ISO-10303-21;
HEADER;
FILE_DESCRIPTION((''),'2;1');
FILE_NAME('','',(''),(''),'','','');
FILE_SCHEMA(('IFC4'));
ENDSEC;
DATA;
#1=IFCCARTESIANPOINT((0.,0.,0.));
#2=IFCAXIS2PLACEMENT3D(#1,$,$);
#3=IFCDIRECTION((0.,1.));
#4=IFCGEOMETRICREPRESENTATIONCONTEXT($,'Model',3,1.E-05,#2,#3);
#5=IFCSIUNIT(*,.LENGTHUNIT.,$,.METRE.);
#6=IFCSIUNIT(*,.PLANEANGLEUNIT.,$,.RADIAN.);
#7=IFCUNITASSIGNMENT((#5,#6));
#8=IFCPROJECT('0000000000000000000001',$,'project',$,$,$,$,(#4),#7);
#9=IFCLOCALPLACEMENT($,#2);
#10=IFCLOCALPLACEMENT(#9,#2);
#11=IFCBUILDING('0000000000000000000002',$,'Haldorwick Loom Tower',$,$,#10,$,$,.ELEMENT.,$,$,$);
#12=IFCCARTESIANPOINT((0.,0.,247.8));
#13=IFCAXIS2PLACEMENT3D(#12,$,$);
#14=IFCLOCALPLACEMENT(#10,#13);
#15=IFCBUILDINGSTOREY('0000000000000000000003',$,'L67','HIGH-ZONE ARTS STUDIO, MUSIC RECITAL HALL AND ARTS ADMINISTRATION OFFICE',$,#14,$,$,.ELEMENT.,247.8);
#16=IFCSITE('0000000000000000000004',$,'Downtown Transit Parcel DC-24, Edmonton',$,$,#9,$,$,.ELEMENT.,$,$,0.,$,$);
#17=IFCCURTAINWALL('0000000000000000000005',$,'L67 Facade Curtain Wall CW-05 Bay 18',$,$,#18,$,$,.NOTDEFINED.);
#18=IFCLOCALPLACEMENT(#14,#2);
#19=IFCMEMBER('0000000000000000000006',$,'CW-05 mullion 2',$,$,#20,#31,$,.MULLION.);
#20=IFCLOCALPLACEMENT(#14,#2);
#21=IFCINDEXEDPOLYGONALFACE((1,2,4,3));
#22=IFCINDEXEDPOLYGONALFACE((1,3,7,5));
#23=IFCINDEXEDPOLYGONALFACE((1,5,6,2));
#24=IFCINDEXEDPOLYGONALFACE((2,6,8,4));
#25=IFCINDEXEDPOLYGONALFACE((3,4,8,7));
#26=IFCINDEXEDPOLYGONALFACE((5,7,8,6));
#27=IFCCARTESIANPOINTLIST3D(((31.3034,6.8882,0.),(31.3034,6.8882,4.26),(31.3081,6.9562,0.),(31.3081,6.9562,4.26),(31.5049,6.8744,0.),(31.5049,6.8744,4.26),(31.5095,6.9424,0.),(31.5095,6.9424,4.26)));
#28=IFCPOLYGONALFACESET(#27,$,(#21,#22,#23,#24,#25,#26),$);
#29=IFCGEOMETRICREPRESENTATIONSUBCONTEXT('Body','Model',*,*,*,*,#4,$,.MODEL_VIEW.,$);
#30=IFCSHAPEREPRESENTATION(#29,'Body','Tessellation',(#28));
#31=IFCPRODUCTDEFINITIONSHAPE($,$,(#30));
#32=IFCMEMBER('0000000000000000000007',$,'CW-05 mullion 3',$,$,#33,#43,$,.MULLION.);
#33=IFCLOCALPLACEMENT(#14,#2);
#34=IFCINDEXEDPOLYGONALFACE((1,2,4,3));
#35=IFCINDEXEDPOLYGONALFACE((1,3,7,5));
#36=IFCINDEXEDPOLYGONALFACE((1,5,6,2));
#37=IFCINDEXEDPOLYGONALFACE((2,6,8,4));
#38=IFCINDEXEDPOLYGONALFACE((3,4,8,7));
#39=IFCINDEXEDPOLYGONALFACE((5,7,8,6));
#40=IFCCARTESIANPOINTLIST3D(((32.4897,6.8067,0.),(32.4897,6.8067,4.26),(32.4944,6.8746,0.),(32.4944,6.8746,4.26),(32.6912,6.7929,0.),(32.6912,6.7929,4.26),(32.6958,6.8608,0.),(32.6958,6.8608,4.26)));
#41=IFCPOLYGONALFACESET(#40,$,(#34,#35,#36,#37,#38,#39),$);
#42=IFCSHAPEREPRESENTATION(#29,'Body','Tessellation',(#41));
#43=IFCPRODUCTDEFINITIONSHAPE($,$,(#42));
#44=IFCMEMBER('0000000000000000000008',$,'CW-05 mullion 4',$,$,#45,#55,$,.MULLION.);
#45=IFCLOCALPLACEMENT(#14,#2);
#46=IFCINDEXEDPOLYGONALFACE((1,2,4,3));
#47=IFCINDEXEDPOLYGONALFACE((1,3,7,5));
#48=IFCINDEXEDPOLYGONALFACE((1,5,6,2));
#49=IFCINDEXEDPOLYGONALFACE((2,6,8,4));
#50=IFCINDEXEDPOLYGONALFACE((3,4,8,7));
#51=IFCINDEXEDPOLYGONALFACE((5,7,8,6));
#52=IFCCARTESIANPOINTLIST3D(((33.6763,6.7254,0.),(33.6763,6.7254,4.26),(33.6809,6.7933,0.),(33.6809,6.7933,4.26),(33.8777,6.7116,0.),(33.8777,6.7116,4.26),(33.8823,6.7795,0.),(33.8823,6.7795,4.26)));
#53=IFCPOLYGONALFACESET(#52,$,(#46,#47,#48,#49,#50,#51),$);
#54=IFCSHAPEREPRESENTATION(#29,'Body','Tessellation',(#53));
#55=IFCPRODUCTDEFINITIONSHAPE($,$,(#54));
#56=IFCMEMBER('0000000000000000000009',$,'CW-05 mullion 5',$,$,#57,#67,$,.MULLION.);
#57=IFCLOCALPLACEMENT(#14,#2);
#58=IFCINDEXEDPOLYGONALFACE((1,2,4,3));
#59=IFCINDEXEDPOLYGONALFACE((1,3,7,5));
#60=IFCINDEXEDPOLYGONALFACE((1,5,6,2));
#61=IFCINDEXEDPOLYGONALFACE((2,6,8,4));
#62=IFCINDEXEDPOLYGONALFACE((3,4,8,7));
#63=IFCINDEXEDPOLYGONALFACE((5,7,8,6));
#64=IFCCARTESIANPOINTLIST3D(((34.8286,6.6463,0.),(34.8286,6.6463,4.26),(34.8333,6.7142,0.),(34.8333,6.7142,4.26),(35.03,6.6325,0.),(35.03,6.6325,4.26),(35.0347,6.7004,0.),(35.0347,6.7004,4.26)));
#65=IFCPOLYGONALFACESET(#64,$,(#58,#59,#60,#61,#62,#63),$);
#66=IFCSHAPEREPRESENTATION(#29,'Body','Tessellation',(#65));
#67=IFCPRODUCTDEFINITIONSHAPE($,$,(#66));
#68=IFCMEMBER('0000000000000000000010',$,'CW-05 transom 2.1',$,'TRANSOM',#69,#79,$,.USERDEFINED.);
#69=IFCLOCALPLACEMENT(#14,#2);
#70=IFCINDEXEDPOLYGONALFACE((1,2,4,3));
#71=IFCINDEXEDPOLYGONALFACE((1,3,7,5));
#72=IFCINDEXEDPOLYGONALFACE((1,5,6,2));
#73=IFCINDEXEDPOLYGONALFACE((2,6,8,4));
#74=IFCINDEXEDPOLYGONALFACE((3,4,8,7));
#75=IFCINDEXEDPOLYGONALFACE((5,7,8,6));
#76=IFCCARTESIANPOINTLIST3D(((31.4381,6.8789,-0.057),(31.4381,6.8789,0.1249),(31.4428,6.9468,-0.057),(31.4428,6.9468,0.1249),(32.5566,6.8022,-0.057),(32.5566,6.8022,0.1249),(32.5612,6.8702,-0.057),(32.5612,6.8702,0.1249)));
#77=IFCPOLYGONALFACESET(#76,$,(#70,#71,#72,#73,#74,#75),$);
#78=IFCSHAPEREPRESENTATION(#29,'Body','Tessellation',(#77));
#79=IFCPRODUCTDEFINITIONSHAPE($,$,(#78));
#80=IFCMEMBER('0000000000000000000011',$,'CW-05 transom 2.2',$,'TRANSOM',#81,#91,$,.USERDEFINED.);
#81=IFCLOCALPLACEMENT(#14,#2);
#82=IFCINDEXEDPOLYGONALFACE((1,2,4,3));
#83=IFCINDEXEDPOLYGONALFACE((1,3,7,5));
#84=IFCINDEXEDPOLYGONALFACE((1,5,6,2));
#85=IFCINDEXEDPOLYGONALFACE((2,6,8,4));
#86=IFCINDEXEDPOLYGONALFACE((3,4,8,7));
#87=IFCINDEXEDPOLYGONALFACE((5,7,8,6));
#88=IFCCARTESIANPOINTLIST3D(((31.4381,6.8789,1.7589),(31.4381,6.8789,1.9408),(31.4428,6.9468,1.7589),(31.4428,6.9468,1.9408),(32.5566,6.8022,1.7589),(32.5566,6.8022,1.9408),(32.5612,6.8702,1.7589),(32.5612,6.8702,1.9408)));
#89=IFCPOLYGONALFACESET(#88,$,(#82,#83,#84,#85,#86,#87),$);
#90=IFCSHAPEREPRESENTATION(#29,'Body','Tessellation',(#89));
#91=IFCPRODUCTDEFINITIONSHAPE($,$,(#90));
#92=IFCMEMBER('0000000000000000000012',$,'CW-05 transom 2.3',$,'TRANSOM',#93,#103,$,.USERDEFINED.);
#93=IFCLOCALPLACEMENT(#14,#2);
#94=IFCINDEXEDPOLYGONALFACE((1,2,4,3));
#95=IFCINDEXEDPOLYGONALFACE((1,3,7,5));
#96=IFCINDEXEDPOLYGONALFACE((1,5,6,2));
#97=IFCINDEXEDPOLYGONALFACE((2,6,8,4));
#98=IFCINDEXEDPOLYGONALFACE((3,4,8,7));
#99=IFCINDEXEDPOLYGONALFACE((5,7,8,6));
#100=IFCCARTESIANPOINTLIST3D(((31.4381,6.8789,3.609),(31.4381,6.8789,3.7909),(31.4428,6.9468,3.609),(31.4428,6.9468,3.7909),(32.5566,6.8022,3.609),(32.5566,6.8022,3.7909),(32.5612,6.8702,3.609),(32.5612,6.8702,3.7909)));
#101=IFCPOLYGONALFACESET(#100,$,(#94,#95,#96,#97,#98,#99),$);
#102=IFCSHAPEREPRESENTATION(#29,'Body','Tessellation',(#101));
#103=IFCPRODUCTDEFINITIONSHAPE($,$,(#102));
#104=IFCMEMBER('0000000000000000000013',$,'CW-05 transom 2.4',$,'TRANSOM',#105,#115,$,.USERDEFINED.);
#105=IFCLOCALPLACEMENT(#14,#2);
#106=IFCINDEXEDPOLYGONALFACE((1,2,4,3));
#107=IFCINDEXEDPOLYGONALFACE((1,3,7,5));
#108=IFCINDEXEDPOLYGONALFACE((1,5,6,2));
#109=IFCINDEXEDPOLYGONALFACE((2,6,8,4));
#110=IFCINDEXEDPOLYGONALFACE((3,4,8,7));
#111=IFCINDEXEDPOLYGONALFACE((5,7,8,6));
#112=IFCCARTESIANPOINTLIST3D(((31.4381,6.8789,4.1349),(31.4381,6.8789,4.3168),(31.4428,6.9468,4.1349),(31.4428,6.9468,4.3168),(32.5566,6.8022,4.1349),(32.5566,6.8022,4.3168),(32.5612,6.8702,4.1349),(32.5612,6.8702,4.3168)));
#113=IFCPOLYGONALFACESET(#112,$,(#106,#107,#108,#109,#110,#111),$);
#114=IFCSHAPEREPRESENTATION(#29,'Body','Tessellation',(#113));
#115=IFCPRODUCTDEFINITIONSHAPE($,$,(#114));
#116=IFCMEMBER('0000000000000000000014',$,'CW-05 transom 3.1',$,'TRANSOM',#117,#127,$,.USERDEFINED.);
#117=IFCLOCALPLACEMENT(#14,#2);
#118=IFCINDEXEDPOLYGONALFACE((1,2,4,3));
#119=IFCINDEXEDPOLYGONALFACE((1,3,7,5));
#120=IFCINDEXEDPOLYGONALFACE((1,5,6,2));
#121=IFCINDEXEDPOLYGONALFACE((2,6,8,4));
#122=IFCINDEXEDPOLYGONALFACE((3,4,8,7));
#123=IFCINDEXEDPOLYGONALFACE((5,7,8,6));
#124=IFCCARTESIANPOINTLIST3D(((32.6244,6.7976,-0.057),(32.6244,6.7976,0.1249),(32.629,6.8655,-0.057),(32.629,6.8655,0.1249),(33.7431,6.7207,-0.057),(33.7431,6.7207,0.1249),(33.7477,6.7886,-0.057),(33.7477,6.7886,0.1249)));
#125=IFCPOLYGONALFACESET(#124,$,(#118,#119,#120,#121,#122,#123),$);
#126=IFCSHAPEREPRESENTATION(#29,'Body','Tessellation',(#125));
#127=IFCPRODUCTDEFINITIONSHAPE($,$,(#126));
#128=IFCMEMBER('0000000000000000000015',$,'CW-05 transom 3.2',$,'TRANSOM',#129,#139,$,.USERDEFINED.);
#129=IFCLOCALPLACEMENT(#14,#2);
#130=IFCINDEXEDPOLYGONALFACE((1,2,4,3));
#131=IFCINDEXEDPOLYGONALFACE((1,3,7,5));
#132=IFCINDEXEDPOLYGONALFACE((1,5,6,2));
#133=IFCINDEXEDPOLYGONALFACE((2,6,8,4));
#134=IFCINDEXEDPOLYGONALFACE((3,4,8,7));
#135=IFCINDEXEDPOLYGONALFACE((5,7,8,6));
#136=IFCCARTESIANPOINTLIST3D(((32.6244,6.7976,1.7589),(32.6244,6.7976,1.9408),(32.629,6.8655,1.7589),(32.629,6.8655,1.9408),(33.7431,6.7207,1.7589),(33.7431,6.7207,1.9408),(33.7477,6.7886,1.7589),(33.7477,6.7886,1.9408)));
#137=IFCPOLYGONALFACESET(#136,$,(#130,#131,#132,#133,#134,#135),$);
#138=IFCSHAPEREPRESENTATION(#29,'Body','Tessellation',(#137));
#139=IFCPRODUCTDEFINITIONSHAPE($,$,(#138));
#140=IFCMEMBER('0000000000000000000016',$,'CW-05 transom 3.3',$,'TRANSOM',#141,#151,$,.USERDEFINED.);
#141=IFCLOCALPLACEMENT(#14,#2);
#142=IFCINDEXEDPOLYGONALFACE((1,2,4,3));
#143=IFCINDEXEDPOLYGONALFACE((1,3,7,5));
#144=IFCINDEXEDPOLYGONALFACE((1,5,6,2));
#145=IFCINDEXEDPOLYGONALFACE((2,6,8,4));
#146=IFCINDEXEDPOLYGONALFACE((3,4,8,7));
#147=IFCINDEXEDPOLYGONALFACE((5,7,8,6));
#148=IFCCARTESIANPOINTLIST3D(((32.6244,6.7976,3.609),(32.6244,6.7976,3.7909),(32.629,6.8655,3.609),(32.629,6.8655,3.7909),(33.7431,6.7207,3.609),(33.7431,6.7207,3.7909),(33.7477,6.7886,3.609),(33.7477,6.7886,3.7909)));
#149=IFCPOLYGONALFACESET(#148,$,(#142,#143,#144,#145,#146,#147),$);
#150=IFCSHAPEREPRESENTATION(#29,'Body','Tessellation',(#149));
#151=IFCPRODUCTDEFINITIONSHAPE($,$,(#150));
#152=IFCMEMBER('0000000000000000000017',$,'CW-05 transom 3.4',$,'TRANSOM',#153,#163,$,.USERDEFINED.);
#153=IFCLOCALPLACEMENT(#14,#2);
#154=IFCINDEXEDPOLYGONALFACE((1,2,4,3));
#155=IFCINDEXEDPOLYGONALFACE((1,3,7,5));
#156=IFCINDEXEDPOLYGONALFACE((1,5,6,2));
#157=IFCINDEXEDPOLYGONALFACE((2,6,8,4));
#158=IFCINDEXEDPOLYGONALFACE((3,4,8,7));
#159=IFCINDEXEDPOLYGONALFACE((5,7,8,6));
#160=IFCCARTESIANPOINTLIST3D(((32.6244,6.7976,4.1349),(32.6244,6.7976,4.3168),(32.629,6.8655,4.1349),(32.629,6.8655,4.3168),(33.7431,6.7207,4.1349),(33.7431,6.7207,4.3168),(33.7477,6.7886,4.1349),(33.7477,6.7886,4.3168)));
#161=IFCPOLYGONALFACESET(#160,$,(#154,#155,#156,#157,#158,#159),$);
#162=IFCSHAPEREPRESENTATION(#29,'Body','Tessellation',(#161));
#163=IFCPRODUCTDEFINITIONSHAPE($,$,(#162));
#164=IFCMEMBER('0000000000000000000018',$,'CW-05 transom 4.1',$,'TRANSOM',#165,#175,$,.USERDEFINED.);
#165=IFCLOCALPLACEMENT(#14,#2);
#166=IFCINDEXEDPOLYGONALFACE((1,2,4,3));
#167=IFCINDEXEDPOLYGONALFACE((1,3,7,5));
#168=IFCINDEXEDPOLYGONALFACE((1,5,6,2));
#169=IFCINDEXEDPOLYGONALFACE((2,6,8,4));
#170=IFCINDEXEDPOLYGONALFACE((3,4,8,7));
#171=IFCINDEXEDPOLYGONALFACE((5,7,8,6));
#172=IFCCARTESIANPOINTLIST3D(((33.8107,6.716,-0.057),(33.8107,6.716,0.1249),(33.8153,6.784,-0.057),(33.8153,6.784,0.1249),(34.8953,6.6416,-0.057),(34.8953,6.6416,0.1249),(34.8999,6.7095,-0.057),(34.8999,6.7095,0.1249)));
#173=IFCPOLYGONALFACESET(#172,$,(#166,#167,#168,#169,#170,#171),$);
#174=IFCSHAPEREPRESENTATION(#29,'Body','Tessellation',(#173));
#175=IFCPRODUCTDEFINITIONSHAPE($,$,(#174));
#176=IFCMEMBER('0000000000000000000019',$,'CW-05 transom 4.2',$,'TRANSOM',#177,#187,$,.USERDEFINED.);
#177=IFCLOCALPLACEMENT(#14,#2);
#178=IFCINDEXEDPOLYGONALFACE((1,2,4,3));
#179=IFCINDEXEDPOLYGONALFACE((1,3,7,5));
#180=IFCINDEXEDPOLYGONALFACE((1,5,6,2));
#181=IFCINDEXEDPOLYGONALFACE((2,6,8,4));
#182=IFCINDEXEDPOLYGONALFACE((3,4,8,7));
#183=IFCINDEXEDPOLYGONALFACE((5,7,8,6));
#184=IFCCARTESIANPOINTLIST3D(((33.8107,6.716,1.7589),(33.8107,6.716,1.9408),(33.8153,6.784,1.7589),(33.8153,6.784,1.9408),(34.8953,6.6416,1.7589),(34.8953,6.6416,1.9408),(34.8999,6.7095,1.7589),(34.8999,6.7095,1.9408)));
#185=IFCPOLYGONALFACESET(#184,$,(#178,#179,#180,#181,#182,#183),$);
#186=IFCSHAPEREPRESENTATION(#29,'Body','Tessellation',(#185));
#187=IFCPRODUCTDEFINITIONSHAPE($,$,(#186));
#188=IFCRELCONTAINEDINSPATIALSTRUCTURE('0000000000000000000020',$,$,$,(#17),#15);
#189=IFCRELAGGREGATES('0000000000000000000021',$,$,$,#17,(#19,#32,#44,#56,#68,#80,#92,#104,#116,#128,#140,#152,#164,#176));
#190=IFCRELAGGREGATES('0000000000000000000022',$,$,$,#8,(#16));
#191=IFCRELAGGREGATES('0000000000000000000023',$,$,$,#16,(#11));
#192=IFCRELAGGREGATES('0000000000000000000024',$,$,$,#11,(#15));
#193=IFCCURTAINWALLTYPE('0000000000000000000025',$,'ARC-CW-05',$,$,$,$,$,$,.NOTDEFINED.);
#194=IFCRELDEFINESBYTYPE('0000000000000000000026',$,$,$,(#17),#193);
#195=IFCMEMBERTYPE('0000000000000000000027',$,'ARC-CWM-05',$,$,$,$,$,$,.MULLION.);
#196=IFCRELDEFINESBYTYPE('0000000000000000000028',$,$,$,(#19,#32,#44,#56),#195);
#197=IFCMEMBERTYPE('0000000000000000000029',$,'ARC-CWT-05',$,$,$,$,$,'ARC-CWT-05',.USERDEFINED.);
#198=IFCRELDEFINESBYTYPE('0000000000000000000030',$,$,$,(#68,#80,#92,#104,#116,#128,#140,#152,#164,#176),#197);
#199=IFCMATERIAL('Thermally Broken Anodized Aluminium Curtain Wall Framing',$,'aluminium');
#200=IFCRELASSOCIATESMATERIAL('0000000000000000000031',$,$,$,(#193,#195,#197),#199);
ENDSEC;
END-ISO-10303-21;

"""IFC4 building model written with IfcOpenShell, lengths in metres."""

from ifc_helpers import new_model, si_unit, direction, frame, origin, origin_2d, place, context, subcontext, project, spatial, rectangle, extrude, material, material_profile, profile_set, type_object, element, aggregate, save


model = new_model("IFC4")

# Units and contexts
model_context = context("Model", 3, precision=1e-05, world=origin(), true_north=direction((0.0, 1.0)))
body_context = subcontext(model_context, "Body", "Model", "MODEL_VIEW")
ifc_project = project(units=[si_unit("LENGTHUNIT", "METRE"), si_unit("PLANEANGLEUNIT", "RADIAN")], contexts=[model_context])

# Site, building, storey
site_placement = place(None, origin())
site = spatial("IfcSite", under=ifc_project, at=site_placement, Name="Downtown Transit Parcel DC-24, Edmonton", CompositionType="ELEMENT", RefElevation=0.0)
building_placement = place(site_placement, origin())
building = spatial("IfcBuilding", under=site, at=building_placement, Name="Haldorwick Loom Tower", CompositionType="ELEMENT")
storey_placement = place(building_placement, frame((0.0, 0.0, 247.8)))
storey = spatial("IfcBuildingStorey", under=building, at=storey_placement, Name="L67", Description="HIGH-ZONE ARTS STUDIO, MUSIC RECITAL HALL AND ARTS ADMINISTRATION OFFICE", CompositionType="ELEMENT", Elevation=247.8)

# Curtain wall, members
ifc_material_1 = material(Name="Thermally Broken Anodized Aluminium Curtain Wall Framing", Category="aluminium")
curtain_wall_type = type_object("IfcCurtainWallType", Name="ARC-CW-05", PredefinedType="NOTDEFINED", material=ifc_material_1)
curtain_wall_placement = place(storey_placement, origin())
curtain_wall = element("IfcCurtainWall", 1, at=curtain_wall_placement, inside=storey, type_object=curtain_wall_type, Name="L67 Facade Curtain Wall CW-05 Bay 18", PredefinedType="NOTDEFINED")
ifc_material_profile_1 = material_profile(ifc_material_1, rectangle(XDim=0.0681, YDim=0.2019, at=origin_2d()), Name="ALU_MUL_68X202", Category="aluminium")
ifc_profile_set_1 = profile_set([ifc_material_profile_1], Name="Thermally Broken Anodized Aluminium Curtain Wall Framing")
member_type_1 = type_object("IfcMemberType", Name="ARC-CWM-05", PredefinedType="MULLION", material=ifc_profile_set_1)
member_1_placement = place(storey_placement, frame((31.4065, 6.9153, 0.0), z_axis=(0.0, 0.0, 1.0), x_axis=(0.068454, 0.997654, 0.0)))
member_1 = element("IfcMember", 2, at=member_1_placement, type_object=member_type_1, Name="CW-05 mullion 2", PredefinedType="MULLION", context=body_context, shape_type="SweptSolid", body=[
    extrude(rectangle(XDim=0.0681, YDim=0.2019, at=origin_2d()), origin(), (0.0, 0.0, 1.0), 4.26),
])
member_2_placement = place(storey_placement, frame((32.5928, 6.8337, 0.0), z_axis=(0.0, 0.0, 1.0), x_axis=(0.068454, 0.997654, 0.0)))
member_2 = element("IfcMember", 3, at=member_2_placement, type_object=member_type_1, Name="CW-05 mullion 3", PredefinedType="MULLION", context=body_context, shape_type="SweptSolid", body=[
    extrude(rectangle(XDim=0.0681, YDim=0.2019, at=origin_2d()), origin(), (0.0, 0.0, 1.0), 4.26),
])
member_3_placement = place(storey_placement, frame((33.7793, 6.7524, 0.0), z_axis=(0.0, 0.0, 1.0), x_axis=(0.068454, 0.997654, 0.0)))
member_3 = element("IfcMember", 4, at=member_3_placement, type_object=member_type_1, Name="CW-05 mullion 4", PredefinedType="MULLION", context=body_context, shape_type="SweptSolid", body=[
    extrude(rectangle(XDim=0.0681, YDim=0.2019, at=origin_2d()), origin(), (0.0, 0.0, 1.0), 4.26),
])
member_4_placement = place(storey_placement, frame((34.9316, 6.6733, 0.0), z_axis=(0.0, 0.0, 1.0), x_axis=(0.068454, 0.997654, 0.0)))
member_4 = element("IfcMember", 5, at=member_4_placement, type_object=member_type_1, Name="CW-05 mullion 5", PredefinedType="MULLION", context=body_context, shape_type="SweptSolid", body=[
    extrude(rectangle(XDim=0.0681, YDim=0.2019, at=origin_2d()), origin(), (0.0, 0.0, 1.0), 4.26),
])
ifc_material_profile_2 = material_profile(ifc_material_1, rectangle(XDim=0.0681, YDim=0.1819, at=origin_2d()), Name="ALU_TRN_68X182", Category="aluminium")
ifc_profile_set_2 = profile_set([ifc_material_profile_2], Name="Thermally Broken Anodized Aluminium Curtain Wall Framing")
member_type_2 = type_object("IfcMemberType", Name="ARC-CWT-05", ElementType="ARC-CWT-05", PredefinedType="USERDEFINED", material=ifc_profile_set_2)
member_5_placement = place(storey_placement, frame((31.4404, 6.9128, 0.0339), z_axis=(0.997659, -0.068384, 0.0), x_axis=(0.068384, 0.997659, 0.0)))
member_5 = element("IfcMember", 6, at=member_5_placement, type_object=member_type_2, Name="CW-05 transom 2.1", ObjectType="TRANSOM", PredefinedType="USERDEFINED", context=body_context, shape_type="SweptSolid", body=[
    extrude(rectangle(XDim=0.0681, YDim=0.1819, at=origin_2d()), origin(), (0.0, 0.0, 1.0), 1.1211),
])
member_6_placement = place(storey_placement, frame((31.4404, 6.9128, 1.8499), z_axis=(0.997659, -0.068384, 0.0), x_axis=(0.068384, 0.997659, 0.0)))
member_6 = element("IfcMember", 7, at=member_6_placement, type_object=member_type_2, Name="CW-05 transom 2.2", ObjectType="TRANSOM", PredefinedType="USERDEFINED", context=body_context, shape_type="SweptSolid", body=[
    extrude(rectangle(XDim=0.0681, YDim=0.1819, at=origin_2d()), origin(), (0.0, 0.0, 1.0), 1.1211),
])
member_7_placement = place(storey_placement, frame((31.4404, 6.9128, 3.7), z_axis=(0.997659, -0.068384, 0.0), x_axis=(0.068384, 0.997659, 0.0)))
member_7 = element("IfcMember", 8, at=member_7_placement, type_object=member_type_2, Name="CW-05 transom 2.3", ObjectType="TRANSOM", PredefinedType="USERDEFINED", context=body_context, shape_type="SweptSolid", body=[
    extrude(rectangle(XDim=0.0681, YDim=0.1819, at=origin_2d()), origin(), (0.0, 0.0, 1.0), 1.1211),
])
member_8_placement = place(storey_placement, frame((31.4404, 6.9128, 4.2258), z_axis=(0.997659, -0.068384, 0.0), x_axis=(0.068384, 0.997659, 0.0)))
member_8 = element("IfcMember", 9, at=member_8_placement, type_object=member_type_2, Name="CW-05 transom 2.4", ObjectType="TRANSOM", PredefinedType="USERDEFINED", context=body_context, shape_type="SweptSolid", body=[
    extrude(rectangle(XDim=0.0681, YDim=0.1819, at=origin_2d()), origin(), (0.0, 0.0, 1.0), 1.1211),
])
member_9_placement = place(storey_placement, frame((32.6267, 6.8315, 0.0339), z_axis=(0.997645, -0.068585, 0.0), x_axis=(0.068585, 0.997645, 0.0)))
member_9 = element("IfcMember", 10, at=member_9_placement, type_object=member_type_2, Name="CW-05 transom 3.1", ObjectType="TRANSOM", PredefinedType="USERDEFINED", context=body_context, shape_type="SweptSolid", body=[
    extrude(rectangle(XDim=0.0681, YDim=0.1819, at=origin_2d()), origin(), (0.0, 0.0, 1.0), 1.1213),
])
member_10_placement = place(storey_placement, frame((32.6267, 6.8315, 1.8499), z_axis=(0.997645, -0.068585, 0.0), x_axis=(0.068585, 0.997645, 0.0)))
member_10 = element("IfcMember", 11, at=member_10_placement, type_object=member_type_2, Name="CW-05 transom 3.2", ObjectType="TRANSOM", PredefinedType="USERDEFINED", context=body_context, shape_type="SweptSolid", body=[
    extrude(rectangle(XDim=0.0681, YDim=0.1819, at=origin_2d()), origin(), (0.0, 0.0, 1.0), 1.1213),
])
member_11_placement = place(storey_placement, frame((32.6267, 6.8315, 3.7), z_axis=(0.997645, -0.068585, 0.0), x_axis=(0.068585, 0.997645, 0.0)))
member_11 = element("IfcMember", 12, at=member_11_placement, type_object=member_type_2, Name="CW-05 transom 3.3", ObjectType="TRANSOM", PredefinedType="USERDEFINED", context=body_context, shape_type="SweptSolid", body=[
    extrude(rectangle(XDim=0.0681, YDim=0.1819, at=origin_2d()), origin(), (0.0, 0.0, 1.0), 1.1213),
])
member_12_placement = place(storey_placement, frame((32.6267, 6.8315, 4.2258), z_axis=(0.997645, -0.068585, 0.0), x_axis=(0.068585, 0.997645, 0.0)))
member_12 = element("IfcMember", 13, at=member_12_placement, type_object=member_type_2, Name="CW-05 transom 3.4", ObjectType="TRANSOM", PredefinedType="USERDEFINED", context=body_context, shape_type="SweptSolid", body=[
    extrude(rectangle(XDim=0.0681, YDim=0.1819, at=origin_2d()), origin(), (0.0, 0.0, 1.0), 1.1213),
])
member_13_placement = place(storey_placement, frame((33.813, 6.75, 0.0339), z_axis=(0.997652, -0.068486, 0.0), x_axis=(0.068486, 0.997652, 0.0)))
member_13 = element("IfcMember", 14, at=member_13_placement, type_object=member_type_2, Name="CW-05 transom 4.1", ObjectType="TRANSOM", PredefinedType="USERDEFINED", context=body_context, shape_type="SweptSolid", body=[
    extrude(rectangle(XDim=0.0681, YDim=0.1819, at=origin_2d()), origin(), (0.0, 0.0, 1.0), 1.0872),
])
member_14_placement = place(storey_placement, frame((33.813, 6.75, 1.8499), z_axis=(0.997652, -0.068486, 0.0), x_axis=(0.068486, 0.997652, 0.0)))
member_14 = element("IfcMember", 15, at=member_14_placement, type_object=member_type_2, Name="CW-05 transom 4.2", ObjectType="TRANSOM", PredefinedType="USERDEFINED", context=body_context, shape_type="SweptSolid", body=[
    extrude(rectangle(XDim=0.0681, YDim=0.1819, at=origin_2d()), origin(), (0.0, 0.0, 1.0), 1.0872),
])

aggregate(curtain_wall, [member_1, member_2, member_3, member_4, member_5, member_6, member_7, member_8, member_9, member_10, member_11, member_12, member_13, member_14])

save(model, "model.ifc")
